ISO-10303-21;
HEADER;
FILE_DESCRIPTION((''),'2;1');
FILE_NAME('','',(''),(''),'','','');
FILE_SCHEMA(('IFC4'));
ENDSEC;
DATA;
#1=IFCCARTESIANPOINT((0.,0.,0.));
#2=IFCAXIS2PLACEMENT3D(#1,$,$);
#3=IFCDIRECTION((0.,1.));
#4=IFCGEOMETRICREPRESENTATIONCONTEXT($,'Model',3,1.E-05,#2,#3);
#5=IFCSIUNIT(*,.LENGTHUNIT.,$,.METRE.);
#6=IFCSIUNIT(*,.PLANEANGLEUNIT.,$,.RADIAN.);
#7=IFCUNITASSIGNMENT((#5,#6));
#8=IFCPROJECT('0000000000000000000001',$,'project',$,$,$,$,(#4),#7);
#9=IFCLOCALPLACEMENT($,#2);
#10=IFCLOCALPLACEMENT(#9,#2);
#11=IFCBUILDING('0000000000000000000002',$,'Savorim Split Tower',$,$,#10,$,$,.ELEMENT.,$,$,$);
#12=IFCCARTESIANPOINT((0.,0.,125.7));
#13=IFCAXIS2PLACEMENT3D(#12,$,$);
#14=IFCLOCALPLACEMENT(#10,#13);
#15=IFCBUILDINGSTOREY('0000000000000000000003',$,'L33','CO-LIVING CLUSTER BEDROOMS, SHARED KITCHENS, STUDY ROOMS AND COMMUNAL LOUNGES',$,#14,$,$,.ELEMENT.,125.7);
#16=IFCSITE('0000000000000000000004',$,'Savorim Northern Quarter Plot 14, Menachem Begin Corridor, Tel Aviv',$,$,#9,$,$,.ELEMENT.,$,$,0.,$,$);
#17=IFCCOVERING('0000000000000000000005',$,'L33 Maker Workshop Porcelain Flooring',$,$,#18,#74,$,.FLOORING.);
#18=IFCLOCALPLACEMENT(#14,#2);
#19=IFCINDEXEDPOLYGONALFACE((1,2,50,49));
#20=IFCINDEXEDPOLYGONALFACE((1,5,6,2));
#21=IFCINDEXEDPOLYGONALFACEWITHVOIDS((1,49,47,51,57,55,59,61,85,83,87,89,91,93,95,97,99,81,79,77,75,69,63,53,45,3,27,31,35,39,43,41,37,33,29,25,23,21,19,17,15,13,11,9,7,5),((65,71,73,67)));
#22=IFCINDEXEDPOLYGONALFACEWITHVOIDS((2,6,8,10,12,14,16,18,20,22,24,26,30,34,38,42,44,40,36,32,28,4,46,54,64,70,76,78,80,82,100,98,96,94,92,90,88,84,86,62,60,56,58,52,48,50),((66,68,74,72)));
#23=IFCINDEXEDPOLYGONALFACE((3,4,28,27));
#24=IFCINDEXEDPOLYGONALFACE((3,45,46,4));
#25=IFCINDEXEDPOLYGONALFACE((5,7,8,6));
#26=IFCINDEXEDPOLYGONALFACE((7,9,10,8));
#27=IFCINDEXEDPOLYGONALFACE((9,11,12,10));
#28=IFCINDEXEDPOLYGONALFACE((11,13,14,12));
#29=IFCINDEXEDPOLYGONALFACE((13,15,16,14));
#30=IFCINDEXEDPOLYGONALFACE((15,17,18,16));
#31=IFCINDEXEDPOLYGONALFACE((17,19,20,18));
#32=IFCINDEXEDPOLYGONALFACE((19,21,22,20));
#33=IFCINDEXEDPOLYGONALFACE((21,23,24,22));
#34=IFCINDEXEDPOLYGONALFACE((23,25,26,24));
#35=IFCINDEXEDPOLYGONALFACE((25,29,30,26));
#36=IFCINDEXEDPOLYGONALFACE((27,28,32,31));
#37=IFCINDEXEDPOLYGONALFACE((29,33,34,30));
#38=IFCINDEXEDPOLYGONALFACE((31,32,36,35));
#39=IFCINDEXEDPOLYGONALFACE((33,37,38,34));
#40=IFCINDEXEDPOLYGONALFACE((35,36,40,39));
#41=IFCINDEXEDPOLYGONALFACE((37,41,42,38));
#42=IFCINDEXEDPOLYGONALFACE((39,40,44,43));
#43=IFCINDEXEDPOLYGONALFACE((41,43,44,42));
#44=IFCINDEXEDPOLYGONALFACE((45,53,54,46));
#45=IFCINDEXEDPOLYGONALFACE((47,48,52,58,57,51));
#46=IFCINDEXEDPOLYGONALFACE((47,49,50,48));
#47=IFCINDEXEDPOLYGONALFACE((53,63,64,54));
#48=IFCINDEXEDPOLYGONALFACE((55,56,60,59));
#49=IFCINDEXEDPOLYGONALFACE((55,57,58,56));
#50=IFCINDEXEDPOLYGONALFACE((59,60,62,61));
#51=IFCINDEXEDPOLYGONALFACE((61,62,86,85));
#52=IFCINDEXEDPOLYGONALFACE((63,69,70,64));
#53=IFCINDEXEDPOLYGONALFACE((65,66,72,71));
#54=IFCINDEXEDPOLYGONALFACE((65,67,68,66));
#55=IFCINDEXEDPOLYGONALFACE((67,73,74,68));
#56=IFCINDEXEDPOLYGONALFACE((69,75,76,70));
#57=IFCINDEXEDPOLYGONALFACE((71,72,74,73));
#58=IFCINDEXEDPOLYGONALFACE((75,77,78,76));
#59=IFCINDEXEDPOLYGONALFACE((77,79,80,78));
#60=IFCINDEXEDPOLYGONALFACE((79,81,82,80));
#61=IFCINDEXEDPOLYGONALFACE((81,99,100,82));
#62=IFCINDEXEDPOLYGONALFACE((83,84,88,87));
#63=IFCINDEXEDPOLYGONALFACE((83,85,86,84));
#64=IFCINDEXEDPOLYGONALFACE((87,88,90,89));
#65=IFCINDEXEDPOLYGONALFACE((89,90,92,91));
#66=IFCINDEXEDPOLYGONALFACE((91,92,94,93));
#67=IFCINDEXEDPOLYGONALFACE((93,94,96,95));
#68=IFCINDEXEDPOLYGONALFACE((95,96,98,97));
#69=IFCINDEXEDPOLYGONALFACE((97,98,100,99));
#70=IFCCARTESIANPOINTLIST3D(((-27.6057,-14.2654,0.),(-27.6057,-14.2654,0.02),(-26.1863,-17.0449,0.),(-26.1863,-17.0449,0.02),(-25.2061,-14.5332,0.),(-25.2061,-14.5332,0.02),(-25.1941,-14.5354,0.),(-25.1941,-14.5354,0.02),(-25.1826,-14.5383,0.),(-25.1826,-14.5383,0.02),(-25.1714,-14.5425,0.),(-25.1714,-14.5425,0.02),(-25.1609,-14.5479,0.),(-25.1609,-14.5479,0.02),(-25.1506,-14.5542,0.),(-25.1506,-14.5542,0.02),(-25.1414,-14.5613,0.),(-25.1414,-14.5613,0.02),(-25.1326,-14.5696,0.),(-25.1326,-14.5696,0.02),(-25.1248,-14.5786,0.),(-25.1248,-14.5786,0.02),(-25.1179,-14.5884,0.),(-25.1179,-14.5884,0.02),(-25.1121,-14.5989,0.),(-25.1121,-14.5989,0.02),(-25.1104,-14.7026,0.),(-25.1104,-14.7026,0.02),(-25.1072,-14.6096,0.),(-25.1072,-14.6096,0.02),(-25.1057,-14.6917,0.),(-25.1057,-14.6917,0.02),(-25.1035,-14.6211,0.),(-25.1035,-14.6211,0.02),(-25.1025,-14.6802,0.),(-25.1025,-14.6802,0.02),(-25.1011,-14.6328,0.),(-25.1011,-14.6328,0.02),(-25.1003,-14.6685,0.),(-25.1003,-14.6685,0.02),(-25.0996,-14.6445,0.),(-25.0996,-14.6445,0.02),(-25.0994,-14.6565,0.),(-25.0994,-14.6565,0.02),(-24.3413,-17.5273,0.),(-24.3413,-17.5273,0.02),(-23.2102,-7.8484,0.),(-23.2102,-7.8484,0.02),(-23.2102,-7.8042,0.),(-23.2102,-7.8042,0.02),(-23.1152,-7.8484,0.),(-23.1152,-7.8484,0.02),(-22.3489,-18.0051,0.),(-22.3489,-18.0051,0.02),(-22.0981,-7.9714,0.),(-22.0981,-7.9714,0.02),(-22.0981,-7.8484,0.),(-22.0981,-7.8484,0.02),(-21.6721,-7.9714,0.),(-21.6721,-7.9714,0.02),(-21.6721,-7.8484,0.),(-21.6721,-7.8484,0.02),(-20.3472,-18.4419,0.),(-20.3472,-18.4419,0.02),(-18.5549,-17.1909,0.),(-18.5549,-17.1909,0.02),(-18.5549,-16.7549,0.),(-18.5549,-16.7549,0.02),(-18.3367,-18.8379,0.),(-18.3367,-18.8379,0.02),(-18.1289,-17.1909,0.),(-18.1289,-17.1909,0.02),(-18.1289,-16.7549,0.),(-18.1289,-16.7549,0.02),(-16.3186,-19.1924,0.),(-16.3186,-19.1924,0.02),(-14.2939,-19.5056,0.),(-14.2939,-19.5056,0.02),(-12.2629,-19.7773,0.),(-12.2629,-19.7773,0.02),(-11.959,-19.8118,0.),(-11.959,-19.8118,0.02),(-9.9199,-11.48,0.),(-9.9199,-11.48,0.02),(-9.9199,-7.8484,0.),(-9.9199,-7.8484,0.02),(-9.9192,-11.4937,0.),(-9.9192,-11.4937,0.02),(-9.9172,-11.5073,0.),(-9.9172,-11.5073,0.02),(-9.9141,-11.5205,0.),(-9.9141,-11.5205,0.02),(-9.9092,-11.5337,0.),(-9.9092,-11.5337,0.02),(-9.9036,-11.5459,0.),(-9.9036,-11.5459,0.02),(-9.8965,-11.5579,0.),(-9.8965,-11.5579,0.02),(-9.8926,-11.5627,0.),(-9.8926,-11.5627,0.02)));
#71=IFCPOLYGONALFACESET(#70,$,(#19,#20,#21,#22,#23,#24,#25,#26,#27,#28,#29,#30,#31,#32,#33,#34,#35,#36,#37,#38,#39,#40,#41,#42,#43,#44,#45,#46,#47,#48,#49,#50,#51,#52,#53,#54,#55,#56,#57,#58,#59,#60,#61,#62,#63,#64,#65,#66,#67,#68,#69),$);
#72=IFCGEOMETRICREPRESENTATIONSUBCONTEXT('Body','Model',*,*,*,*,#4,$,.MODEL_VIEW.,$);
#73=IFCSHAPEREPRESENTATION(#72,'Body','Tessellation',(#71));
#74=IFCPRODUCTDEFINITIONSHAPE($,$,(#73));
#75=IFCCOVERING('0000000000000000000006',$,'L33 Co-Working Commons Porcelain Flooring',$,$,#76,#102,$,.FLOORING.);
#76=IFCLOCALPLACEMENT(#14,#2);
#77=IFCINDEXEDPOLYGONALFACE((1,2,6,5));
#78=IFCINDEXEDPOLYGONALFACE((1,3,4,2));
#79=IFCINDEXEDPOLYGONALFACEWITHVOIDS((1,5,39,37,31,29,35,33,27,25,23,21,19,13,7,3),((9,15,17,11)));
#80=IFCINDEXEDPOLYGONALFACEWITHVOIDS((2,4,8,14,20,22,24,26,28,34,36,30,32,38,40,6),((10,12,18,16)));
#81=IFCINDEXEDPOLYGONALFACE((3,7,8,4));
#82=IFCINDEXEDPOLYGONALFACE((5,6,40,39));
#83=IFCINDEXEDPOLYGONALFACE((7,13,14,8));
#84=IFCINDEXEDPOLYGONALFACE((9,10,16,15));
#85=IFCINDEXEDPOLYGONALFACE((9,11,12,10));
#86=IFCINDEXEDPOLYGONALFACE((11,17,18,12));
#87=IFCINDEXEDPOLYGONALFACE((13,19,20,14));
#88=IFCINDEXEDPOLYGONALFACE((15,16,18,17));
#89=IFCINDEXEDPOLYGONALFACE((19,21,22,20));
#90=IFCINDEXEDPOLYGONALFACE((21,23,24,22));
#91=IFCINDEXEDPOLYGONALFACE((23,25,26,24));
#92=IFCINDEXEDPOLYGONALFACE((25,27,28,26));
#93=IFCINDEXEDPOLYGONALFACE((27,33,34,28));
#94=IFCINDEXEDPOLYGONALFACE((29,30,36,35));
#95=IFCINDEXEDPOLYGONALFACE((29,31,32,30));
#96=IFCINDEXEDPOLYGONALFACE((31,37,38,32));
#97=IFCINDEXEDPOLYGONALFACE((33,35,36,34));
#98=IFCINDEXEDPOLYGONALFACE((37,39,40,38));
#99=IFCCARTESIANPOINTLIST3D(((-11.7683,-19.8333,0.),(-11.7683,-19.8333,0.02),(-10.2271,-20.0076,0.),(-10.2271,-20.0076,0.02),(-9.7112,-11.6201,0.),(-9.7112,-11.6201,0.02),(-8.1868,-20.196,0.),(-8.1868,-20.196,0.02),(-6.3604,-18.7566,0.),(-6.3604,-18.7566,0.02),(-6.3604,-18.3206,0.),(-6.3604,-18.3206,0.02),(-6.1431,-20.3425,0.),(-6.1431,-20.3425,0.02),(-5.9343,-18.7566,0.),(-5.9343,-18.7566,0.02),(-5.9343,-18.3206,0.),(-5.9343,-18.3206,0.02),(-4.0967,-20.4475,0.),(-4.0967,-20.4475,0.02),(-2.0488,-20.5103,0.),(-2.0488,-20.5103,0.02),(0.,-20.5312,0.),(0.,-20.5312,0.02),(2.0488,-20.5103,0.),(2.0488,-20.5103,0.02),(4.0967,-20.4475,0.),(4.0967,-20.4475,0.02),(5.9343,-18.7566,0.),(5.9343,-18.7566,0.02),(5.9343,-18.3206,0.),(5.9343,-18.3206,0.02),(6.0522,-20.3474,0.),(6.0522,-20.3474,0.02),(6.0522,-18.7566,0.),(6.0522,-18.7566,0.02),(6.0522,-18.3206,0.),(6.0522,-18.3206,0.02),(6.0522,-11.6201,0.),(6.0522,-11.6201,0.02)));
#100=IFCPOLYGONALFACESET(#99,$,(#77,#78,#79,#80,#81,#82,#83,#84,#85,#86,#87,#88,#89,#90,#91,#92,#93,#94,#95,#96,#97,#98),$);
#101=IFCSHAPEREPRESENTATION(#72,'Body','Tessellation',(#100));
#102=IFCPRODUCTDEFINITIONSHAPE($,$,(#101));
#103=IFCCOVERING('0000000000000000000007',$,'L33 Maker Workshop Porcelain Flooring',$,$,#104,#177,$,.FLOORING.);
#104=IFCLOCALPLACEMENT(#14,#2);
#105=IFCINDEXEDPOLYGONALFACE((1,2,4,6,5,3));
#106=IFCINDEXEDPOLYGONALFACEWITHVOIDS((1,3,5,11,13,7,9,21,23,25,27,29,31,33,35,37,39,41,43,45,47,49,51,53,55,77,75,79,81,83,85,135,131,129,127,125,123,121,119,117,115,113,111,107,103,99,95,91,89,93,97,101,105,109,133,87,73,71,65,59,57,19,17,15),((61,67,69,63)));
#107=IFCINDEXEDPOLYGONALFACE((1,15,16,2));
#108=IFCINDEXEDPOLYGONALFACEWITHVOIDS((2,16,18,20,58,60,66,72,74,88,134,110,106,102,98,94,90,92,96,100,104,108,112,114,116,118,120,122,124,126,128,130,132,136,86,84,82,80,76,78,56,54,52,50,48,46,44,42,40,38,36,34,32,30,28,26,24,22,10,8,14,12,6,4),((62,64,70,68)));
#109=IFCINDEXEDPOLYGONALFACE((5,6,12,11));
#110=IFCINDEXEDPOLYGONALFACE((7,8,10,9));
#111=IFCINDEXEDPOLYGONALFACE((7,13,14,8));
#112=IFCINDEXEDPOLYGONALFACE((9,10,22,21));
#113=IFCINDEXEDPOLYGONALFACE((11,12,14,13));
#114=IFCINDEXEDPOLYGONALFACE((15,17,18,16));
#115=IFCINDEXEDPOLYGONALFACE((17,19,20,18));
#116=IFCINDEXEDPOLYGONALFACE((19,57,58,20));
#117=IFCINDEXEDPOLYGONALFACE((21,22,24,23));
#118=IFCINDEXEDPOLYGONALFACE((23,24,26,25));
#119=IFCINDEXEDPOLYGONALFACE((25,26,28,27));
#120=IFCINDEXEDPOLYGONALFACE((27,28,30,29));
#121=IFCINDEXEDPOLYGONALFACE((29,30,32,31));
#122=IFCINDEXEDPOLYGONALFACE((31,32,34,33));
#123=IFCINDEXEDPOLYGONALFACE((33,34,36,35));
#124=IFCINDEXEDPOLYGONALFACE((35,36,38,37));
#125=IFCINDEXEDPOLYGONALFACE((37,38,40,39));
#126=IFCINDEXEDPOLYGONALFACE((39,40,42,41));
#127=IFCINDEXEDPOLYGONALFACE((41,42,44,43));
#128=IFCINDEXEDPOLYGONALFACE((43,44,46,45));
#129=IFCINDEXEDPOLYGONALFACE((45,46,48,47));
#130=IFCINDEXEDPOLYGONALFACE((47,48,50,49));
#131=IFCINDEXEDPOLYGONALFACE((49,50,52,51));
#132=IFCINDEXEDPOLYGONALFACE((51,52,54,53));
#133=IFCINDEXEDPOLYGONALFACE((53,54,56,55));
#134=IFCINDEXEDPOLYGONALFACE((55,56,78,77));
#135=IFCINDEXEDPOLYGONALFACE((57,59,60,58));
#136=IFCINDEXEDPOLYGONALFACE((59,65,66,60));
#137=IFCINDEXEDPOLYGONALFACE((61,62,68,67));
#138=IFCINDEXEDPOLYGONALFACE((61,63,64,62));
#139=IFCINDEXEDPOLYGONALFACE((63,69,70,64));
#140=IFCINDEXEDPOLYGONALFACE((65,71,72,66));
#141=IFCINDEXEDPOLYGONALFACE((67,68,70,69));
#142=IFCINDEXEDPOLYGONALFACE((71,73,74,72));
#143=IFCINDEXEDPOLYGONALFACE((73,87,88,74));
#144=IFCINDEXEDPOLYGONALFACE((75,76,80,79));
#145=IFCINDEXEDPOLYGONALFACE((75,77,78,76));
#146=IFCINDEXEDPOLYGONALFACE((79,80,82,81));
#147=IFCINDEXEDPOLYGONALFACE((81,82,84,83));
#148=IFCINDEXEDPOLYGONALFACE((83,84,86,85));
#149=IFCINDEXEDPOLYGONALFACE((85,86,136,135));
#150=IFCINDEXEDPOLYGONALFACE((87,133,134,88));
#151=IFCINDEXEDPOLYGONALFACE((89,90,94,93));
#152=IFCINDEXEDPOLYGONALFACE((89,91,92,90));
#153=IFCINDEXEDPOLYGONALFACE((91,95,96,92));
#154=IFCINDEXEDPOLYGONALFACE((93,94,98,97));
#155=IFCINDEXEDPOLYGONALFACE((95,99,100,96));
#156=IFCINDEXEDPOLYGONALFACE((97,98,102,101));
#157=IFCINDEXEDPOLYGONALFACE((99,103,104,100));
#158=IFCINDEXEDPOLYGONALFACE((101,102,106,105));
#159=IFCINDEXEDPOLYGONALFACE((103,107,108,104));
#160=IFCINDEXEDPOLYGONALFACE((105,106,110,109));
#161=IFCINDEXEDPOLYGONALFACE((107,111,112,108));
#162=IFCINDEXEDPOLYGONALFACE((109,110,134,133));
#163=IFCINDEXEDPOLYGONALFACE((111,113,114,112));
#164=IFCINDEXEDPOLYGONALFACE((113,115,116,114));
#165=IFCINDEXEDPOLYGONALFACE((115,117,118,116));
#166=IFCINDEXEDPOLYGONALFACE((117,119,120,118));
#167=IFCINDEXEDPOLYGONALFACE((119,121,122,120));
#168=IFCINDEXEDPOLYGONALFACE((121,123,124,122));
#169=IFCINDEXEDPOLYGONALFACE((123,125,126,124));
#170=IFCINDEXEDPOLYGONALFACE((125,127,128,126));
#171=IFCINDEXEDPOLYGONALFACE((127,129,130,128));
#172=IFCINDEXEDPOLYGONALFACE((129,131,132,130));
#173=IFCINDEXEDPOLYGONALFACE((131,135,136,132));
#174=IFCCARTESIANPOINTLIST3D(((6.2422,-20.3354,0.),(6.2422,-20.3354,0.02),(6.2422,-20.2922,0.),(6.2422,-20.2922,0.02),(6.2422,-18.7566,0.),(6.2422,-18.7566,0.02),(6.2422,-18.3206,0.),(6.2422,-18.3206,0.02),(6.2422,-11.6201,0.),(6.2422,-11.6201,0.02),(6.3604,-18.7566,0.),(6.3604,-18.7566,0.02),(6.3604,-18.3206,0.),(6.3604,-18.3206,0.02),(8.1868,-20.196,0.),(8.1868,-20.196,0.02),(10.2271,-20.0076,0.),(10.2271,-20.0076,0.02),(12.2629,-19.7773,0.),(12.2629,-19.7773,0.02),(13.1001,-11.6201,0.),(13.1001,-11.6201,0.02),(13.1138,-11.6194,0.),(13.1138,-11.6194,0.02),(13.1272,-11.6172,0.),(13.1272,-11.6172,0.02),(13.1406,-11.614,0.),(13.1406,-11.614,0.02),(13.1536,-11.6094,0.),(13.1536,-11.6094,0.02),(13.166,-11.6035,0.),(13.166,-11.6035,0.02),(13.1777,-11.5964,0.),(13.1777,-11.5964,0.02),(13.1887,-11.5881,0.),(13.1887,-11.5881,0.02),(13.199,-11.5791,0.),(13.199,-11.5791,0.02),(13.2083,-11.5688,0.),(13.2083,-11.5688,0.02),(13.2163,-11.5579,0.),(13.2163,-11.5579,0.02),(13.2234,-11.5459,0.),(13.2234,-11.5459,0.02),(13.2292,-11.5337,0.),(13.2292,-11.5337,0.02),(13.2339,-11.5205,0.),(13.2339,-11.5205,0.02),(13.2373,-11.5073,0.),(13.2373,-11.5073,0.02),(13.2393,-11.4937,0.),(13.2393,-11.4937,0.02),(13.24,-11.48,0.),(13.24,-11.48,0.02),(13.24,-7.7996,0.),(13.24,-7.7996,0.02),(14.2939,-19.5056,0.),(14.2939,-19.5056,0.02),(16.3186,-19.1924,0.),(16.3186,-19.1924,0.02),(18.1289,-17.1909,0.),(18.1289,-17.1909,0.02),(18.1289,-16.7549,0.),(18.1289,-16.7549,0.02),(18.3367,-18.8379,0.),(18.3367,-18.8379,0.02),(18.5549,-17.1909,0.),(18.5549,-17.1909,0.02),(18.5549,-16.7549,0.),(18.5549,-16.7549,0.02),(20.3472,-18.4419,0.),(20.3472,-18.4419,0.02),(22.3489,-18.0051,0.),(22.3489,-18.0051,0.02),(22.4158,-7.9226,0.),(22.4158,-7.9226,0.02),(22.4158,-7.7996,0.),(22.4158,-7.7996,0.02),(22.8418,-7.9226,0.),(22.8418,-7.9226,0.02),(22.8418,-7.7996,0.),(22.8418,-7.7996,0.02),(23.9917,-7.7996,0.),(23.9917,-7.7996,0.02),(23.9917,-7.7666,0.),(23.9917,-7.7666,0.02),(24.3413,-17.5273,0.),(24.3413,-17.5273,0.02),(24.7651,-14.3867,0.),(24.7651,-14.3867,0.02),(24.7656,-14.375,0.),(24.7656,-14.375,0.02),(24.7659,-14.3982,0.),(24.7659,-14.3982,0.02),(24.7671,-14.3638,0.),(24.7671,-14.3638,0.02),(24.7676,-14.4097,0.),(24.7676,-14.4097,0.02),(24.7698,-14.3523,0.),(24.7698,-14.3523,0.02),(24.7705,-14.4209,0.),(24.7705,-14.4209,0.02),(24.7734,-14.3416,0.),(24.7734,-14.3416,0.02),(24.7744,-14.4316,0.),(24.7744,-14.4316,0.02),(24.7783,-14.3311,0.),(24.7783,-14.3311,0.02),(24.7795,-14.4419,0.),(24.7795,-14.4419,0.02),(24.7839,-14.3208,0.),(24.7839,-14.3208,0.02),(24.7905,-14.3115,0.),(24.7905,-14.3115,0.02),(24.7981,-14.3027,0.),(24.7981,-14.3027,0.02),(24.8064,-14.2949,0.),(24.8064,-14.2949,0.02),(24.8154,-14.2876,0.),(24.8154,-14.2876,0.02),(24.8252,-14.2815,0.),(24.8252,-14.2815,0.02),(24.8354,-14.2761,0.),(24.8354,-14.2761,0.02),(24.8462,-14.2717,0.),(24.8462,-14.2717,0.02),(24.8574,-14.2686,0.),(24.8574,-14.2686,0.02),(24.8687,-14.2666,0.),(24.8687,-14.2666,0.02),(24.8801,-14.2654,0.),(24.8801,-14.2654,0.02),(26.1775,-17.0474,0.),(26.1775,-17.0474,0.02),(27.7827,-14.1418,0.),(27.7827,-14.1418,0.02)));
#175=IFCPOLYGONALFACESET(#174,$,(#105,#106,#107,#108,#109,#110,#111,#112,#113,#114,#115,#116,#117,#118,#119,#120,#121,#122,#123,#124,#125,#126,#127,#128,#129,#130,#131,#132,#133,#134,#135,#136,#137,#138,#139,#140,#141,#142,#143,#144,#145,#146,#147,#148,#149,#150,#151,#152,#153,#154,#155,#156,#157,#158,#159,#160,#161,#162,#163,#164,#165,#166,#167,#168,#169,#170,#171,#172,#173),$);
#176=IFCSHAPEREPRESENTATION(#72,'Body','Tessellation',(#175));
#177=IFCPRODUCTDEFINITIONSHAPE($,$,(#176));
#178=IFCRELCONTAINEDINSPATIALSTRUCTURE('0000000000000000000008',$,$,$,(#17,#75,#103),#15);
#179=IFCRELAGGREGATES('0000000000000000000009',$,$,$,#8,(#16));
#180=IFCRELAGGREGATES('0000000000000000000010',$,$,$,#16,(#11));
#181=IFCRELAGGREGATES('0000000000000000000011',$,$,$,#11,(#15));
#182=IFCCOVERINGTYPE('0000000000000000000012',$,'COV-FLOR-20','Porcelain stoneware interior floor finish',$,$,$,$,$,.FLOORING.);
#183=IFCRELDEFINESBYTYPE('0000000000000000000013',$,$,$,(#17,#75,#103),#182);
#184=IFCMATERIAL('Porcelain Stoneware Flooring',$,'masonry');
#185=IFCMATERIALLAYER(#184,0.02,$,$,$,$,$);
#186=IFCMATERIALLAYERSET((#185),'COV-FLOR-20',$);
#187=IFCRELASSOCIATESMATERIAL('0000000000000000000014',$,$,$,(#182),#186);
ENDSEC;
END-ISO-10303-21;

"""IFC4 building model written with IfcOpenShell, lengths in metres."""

from ifc_helpers import new_model, si_unit, direction, frame, origin, place, context, subcontext, project, spatial, polyline, outline, extrude, material, layer, layer_set, type_object, element, save


model = new_model("IFC4")

# Units and contexts
model_context = context("Model", 3, precision=1e-05, world=origin(), true_north=direction((0.0, 1.0)))
body_context = subcontext(model_context, "Body", "Model", "MODEL_VIEW")
ifc_project = project(units=[si_unit("LENGTHUNIT", "METRE"), si_unit("PLANEANGLEUNIT", "RADIAN")], contexts=[model_context])

# Site, building, storey
site_placement = place(None, origin())
site = spatial("IfcSite", under=ifc_project, at=site_placement, Name="Savorim Northern Quarter Plot 14, Menachem Begin Corridor, Tel Aviv", CompositionType="ELEMENT", RefElevation=0.0)
building_placement = place(site_placement, origin())
building = spatial("IfcBuilding", under=site, at=building_placement, Name="Savorim Split Tower", CompositionType="ELEMENT")
storey_placement = place(building_placement, frame((0.0, 0.0, 125.7)))
storey = spatial("IfcBuildingStorey", under=building, at=storey_placement, Name="L33", Description="CO-LIVING CLUSTER BEDROOMS, SHARED KITCHENS, STUDY ROOMS AND COMMUNAL LOUNGES", CompositionType="ELEMENT", Elevation=125.7)

# Coverings
ifc_material_1 = material(Name="Porcelain Stoneware Flooring", Category="masonry")
ifc_layer_1 = layer(ifc_material_1, 0.02)
ifc_layer_set_1 = layer_set([ifc_layer_1], Name="COV-FLOR-20")
covering_type_1 = type_object("IfcCoveringType", Name="COV-FLOR-20", Description="Porcelain stoneware interior floor finish", PredefinedType="FLOORING", material=ifc_layer_set_1)
covering_1_placement = place(storey_placement, origin())
element("IfcCovering", 1, at=covering_1_placement, inside=storey, type_object=covering_type_1, Name="L33 Maker Workshop Porcelain Flooring", PredefinedType="FLOORING", context=body_context, shape_type="SweptSolid", body=[
    extrude(outline(polyline([(-25.0996, -14.6445), (-25.0994, -14.6565), (-25.1003, -14.6685), (-25.1025, -14.6802), (-25.1057, -14.6917), (-25.1104, -14.7026), (-26.1863, -17.0449), (-24.3413, -17.5273), (-22.3489, -18.0051), (-20.3472, -18.4419), (-18.3367, -18.8379), (-16.3186, -19.1924), (-14.2939, -19.5056), (-12.2629, -19.7773), (-11.959, -19.8118), (-9.8926, -11.5627), (-9.8965, -11.5579), (-9.9036, -11.5459), (-9.9092, -11.5337), (-9.9141, -11.5205), (-9.9172, -11.5073), (-9.9192, -11.4937), (-9.9199, -11.48), (-9.9199, -7.8484), (-21.6721, -7.8484), (-21.6721, -7.9714), (-22.0981, -7.9714), (-22.0981, -7.8484), (-23.1152, -7.8484), (-23.2102, -7.8484), (-23.2102, -7.8042), (-27.6057, -14.2654), (-25.2061, -14.5332), (-25.1941, -14.5354), (-25.1826, -14.5383), (-25.1714, -14.5425), (-25.1609, -14.5479), (-25.1506, -14.5542), (-25.1414, -14.5613), (-25.1326, -14.5696), (-25.1248, -14.5786), (-25.1179, -14.5884), (-25.1121, -14.5989), (-25.1072, -14.6096), (-25.1035, -14.6211), (-25.1011, -14.6328), (-25.0996, -14.6445)]), holes=[polyline([(-18.5549, -17.1909), (-18.1289, -17.1909), (-18.1289, -16.7549), (-18.5549, -16.7549), (-18.5549, -17.1909)])]), origin(), (0.0, 0.0, 1.0), 0.02),
])
covering_2_placement = place(storey_placement, origin())
element("IfcCovering", 2, at=covering_2_placement, inside=storey, type_object=covering_type_1, Name="L33 Co-Working Commons Porcelain Flooring", PredefinedType="FLOORING", context=body_context, shape_type="SweptSolid", body=[
    extrude(outline(polyline([(5.9343, -18.3206), (6.0522, -18.3206), (6.0522, -11.6201), (-9.7112, -11.6201), (-11.7683, -19.8333), (-10.2271, -20.0076), (-8.1868, -20.196), (-6.1431, -20.3425), (-4.0967, -20.4475), (-2.0488, -20.5103), (0.0, -20.5312), (2.0488, -20.5103), (4.0967, -20.4475), (6.0522, -20.3474), (6.0522, -18.7566), (5.9343, -18.7566), (5.9343, -18.3206)]), holes=[polyline([(-6.3604, -18.7566), (-5.9343, -18.7566), (-5.9343, -18.3206), (-6.3604, -18.3206), (-6.3604, -18.7566)])]), origin(), (0.0, 0.0, 1.0), 0.02),
])
covering_3_placement = place(storey_placement, origin())
element("IfcCovering", 3, at=covering_3_placement, inside=storey, type_object=covering_type_1, Name="L33 Maker Workshop Porcelain Flooring", PredefinedType="FLOORING", context=body_context, shape_type="SweptSolid", body=[
    extrude(outline(polyline([(24.8574, -14.2686), (24.8687, -14.2666), (24.8801, -14.2654), (27.7827, -14.1418), (23.9917, -7.7666), (23.9917, -7.7996), (22.8418, -7.7996), (22.8418, -7.9226), (22.4158, -7.9226), (22.4158, -7.7996), (13.24, -7.7996), (13.24, -11.48), (13.2393, -11.4937), (13.2373, -11.5073), (13.2339, -11.5205), (13.2292, -11.5337), (13.2234, -11.5459), (13.2163, -11.5579), (13.2083, -11.5688), (13.199, -11.5791), (13.1887, -11.5881), (13.1777, -11.5964), (13.166, -11.6035), (13.1536, -11.6094), (13.1406, -11.614), (13.1272, -11.6172), (13.1138, -11.6194), (13.1001, -11.6201), (6.2422, -11.6201), (6.2422, -18.3206), (6.3604, -18.3206), (6.3604, -18.7566), (6.2422, -18.7566), (6.2422, -20.2922), (6.2422, -20.3354), (8.1868, -20.196), (10.2271, -20.0076), (12.2629, -19.7773), (14.2939, -19.5056), (16.3186, -19.1924), (18.3367, -18.8379), (20.3472, -18.4419), (22.3489, -18.0051), (24.3413, -17.5273), (26.1775, -17.0474), (24.7795, -14.4419), (24.7744, -14.4316), (24.7705, -14.4209), (24.7676, -14.4097), (24.7659, -14.3982), (24.7651, -14.3867), (24.7656, -14.375), (24.7671, -14.3638), (24.7698, -14.3523), (24.7734, -14.3416), (24.7783, -14.3311), (24.7839, -14.3208), (24.7905, -14.3115), (24.7981, -14.3027), (24.8064, -14.2949), (24.8154, -14.2876), (24.8252, -14.2815), (24.8354, -14.2761), (24.8462, -14.2717), (24.8574, -14.2686)]), holes=[polyline([(18.5549, -17.1909), (18.5549, -16.7549), (18.1289, -16.7549), (18.1289, -17.1909), (18.5549, -17.1909)])]), origin(), (0.0, 0.0, 1.0), 0.02),
])

save(model, "model.ifc")
